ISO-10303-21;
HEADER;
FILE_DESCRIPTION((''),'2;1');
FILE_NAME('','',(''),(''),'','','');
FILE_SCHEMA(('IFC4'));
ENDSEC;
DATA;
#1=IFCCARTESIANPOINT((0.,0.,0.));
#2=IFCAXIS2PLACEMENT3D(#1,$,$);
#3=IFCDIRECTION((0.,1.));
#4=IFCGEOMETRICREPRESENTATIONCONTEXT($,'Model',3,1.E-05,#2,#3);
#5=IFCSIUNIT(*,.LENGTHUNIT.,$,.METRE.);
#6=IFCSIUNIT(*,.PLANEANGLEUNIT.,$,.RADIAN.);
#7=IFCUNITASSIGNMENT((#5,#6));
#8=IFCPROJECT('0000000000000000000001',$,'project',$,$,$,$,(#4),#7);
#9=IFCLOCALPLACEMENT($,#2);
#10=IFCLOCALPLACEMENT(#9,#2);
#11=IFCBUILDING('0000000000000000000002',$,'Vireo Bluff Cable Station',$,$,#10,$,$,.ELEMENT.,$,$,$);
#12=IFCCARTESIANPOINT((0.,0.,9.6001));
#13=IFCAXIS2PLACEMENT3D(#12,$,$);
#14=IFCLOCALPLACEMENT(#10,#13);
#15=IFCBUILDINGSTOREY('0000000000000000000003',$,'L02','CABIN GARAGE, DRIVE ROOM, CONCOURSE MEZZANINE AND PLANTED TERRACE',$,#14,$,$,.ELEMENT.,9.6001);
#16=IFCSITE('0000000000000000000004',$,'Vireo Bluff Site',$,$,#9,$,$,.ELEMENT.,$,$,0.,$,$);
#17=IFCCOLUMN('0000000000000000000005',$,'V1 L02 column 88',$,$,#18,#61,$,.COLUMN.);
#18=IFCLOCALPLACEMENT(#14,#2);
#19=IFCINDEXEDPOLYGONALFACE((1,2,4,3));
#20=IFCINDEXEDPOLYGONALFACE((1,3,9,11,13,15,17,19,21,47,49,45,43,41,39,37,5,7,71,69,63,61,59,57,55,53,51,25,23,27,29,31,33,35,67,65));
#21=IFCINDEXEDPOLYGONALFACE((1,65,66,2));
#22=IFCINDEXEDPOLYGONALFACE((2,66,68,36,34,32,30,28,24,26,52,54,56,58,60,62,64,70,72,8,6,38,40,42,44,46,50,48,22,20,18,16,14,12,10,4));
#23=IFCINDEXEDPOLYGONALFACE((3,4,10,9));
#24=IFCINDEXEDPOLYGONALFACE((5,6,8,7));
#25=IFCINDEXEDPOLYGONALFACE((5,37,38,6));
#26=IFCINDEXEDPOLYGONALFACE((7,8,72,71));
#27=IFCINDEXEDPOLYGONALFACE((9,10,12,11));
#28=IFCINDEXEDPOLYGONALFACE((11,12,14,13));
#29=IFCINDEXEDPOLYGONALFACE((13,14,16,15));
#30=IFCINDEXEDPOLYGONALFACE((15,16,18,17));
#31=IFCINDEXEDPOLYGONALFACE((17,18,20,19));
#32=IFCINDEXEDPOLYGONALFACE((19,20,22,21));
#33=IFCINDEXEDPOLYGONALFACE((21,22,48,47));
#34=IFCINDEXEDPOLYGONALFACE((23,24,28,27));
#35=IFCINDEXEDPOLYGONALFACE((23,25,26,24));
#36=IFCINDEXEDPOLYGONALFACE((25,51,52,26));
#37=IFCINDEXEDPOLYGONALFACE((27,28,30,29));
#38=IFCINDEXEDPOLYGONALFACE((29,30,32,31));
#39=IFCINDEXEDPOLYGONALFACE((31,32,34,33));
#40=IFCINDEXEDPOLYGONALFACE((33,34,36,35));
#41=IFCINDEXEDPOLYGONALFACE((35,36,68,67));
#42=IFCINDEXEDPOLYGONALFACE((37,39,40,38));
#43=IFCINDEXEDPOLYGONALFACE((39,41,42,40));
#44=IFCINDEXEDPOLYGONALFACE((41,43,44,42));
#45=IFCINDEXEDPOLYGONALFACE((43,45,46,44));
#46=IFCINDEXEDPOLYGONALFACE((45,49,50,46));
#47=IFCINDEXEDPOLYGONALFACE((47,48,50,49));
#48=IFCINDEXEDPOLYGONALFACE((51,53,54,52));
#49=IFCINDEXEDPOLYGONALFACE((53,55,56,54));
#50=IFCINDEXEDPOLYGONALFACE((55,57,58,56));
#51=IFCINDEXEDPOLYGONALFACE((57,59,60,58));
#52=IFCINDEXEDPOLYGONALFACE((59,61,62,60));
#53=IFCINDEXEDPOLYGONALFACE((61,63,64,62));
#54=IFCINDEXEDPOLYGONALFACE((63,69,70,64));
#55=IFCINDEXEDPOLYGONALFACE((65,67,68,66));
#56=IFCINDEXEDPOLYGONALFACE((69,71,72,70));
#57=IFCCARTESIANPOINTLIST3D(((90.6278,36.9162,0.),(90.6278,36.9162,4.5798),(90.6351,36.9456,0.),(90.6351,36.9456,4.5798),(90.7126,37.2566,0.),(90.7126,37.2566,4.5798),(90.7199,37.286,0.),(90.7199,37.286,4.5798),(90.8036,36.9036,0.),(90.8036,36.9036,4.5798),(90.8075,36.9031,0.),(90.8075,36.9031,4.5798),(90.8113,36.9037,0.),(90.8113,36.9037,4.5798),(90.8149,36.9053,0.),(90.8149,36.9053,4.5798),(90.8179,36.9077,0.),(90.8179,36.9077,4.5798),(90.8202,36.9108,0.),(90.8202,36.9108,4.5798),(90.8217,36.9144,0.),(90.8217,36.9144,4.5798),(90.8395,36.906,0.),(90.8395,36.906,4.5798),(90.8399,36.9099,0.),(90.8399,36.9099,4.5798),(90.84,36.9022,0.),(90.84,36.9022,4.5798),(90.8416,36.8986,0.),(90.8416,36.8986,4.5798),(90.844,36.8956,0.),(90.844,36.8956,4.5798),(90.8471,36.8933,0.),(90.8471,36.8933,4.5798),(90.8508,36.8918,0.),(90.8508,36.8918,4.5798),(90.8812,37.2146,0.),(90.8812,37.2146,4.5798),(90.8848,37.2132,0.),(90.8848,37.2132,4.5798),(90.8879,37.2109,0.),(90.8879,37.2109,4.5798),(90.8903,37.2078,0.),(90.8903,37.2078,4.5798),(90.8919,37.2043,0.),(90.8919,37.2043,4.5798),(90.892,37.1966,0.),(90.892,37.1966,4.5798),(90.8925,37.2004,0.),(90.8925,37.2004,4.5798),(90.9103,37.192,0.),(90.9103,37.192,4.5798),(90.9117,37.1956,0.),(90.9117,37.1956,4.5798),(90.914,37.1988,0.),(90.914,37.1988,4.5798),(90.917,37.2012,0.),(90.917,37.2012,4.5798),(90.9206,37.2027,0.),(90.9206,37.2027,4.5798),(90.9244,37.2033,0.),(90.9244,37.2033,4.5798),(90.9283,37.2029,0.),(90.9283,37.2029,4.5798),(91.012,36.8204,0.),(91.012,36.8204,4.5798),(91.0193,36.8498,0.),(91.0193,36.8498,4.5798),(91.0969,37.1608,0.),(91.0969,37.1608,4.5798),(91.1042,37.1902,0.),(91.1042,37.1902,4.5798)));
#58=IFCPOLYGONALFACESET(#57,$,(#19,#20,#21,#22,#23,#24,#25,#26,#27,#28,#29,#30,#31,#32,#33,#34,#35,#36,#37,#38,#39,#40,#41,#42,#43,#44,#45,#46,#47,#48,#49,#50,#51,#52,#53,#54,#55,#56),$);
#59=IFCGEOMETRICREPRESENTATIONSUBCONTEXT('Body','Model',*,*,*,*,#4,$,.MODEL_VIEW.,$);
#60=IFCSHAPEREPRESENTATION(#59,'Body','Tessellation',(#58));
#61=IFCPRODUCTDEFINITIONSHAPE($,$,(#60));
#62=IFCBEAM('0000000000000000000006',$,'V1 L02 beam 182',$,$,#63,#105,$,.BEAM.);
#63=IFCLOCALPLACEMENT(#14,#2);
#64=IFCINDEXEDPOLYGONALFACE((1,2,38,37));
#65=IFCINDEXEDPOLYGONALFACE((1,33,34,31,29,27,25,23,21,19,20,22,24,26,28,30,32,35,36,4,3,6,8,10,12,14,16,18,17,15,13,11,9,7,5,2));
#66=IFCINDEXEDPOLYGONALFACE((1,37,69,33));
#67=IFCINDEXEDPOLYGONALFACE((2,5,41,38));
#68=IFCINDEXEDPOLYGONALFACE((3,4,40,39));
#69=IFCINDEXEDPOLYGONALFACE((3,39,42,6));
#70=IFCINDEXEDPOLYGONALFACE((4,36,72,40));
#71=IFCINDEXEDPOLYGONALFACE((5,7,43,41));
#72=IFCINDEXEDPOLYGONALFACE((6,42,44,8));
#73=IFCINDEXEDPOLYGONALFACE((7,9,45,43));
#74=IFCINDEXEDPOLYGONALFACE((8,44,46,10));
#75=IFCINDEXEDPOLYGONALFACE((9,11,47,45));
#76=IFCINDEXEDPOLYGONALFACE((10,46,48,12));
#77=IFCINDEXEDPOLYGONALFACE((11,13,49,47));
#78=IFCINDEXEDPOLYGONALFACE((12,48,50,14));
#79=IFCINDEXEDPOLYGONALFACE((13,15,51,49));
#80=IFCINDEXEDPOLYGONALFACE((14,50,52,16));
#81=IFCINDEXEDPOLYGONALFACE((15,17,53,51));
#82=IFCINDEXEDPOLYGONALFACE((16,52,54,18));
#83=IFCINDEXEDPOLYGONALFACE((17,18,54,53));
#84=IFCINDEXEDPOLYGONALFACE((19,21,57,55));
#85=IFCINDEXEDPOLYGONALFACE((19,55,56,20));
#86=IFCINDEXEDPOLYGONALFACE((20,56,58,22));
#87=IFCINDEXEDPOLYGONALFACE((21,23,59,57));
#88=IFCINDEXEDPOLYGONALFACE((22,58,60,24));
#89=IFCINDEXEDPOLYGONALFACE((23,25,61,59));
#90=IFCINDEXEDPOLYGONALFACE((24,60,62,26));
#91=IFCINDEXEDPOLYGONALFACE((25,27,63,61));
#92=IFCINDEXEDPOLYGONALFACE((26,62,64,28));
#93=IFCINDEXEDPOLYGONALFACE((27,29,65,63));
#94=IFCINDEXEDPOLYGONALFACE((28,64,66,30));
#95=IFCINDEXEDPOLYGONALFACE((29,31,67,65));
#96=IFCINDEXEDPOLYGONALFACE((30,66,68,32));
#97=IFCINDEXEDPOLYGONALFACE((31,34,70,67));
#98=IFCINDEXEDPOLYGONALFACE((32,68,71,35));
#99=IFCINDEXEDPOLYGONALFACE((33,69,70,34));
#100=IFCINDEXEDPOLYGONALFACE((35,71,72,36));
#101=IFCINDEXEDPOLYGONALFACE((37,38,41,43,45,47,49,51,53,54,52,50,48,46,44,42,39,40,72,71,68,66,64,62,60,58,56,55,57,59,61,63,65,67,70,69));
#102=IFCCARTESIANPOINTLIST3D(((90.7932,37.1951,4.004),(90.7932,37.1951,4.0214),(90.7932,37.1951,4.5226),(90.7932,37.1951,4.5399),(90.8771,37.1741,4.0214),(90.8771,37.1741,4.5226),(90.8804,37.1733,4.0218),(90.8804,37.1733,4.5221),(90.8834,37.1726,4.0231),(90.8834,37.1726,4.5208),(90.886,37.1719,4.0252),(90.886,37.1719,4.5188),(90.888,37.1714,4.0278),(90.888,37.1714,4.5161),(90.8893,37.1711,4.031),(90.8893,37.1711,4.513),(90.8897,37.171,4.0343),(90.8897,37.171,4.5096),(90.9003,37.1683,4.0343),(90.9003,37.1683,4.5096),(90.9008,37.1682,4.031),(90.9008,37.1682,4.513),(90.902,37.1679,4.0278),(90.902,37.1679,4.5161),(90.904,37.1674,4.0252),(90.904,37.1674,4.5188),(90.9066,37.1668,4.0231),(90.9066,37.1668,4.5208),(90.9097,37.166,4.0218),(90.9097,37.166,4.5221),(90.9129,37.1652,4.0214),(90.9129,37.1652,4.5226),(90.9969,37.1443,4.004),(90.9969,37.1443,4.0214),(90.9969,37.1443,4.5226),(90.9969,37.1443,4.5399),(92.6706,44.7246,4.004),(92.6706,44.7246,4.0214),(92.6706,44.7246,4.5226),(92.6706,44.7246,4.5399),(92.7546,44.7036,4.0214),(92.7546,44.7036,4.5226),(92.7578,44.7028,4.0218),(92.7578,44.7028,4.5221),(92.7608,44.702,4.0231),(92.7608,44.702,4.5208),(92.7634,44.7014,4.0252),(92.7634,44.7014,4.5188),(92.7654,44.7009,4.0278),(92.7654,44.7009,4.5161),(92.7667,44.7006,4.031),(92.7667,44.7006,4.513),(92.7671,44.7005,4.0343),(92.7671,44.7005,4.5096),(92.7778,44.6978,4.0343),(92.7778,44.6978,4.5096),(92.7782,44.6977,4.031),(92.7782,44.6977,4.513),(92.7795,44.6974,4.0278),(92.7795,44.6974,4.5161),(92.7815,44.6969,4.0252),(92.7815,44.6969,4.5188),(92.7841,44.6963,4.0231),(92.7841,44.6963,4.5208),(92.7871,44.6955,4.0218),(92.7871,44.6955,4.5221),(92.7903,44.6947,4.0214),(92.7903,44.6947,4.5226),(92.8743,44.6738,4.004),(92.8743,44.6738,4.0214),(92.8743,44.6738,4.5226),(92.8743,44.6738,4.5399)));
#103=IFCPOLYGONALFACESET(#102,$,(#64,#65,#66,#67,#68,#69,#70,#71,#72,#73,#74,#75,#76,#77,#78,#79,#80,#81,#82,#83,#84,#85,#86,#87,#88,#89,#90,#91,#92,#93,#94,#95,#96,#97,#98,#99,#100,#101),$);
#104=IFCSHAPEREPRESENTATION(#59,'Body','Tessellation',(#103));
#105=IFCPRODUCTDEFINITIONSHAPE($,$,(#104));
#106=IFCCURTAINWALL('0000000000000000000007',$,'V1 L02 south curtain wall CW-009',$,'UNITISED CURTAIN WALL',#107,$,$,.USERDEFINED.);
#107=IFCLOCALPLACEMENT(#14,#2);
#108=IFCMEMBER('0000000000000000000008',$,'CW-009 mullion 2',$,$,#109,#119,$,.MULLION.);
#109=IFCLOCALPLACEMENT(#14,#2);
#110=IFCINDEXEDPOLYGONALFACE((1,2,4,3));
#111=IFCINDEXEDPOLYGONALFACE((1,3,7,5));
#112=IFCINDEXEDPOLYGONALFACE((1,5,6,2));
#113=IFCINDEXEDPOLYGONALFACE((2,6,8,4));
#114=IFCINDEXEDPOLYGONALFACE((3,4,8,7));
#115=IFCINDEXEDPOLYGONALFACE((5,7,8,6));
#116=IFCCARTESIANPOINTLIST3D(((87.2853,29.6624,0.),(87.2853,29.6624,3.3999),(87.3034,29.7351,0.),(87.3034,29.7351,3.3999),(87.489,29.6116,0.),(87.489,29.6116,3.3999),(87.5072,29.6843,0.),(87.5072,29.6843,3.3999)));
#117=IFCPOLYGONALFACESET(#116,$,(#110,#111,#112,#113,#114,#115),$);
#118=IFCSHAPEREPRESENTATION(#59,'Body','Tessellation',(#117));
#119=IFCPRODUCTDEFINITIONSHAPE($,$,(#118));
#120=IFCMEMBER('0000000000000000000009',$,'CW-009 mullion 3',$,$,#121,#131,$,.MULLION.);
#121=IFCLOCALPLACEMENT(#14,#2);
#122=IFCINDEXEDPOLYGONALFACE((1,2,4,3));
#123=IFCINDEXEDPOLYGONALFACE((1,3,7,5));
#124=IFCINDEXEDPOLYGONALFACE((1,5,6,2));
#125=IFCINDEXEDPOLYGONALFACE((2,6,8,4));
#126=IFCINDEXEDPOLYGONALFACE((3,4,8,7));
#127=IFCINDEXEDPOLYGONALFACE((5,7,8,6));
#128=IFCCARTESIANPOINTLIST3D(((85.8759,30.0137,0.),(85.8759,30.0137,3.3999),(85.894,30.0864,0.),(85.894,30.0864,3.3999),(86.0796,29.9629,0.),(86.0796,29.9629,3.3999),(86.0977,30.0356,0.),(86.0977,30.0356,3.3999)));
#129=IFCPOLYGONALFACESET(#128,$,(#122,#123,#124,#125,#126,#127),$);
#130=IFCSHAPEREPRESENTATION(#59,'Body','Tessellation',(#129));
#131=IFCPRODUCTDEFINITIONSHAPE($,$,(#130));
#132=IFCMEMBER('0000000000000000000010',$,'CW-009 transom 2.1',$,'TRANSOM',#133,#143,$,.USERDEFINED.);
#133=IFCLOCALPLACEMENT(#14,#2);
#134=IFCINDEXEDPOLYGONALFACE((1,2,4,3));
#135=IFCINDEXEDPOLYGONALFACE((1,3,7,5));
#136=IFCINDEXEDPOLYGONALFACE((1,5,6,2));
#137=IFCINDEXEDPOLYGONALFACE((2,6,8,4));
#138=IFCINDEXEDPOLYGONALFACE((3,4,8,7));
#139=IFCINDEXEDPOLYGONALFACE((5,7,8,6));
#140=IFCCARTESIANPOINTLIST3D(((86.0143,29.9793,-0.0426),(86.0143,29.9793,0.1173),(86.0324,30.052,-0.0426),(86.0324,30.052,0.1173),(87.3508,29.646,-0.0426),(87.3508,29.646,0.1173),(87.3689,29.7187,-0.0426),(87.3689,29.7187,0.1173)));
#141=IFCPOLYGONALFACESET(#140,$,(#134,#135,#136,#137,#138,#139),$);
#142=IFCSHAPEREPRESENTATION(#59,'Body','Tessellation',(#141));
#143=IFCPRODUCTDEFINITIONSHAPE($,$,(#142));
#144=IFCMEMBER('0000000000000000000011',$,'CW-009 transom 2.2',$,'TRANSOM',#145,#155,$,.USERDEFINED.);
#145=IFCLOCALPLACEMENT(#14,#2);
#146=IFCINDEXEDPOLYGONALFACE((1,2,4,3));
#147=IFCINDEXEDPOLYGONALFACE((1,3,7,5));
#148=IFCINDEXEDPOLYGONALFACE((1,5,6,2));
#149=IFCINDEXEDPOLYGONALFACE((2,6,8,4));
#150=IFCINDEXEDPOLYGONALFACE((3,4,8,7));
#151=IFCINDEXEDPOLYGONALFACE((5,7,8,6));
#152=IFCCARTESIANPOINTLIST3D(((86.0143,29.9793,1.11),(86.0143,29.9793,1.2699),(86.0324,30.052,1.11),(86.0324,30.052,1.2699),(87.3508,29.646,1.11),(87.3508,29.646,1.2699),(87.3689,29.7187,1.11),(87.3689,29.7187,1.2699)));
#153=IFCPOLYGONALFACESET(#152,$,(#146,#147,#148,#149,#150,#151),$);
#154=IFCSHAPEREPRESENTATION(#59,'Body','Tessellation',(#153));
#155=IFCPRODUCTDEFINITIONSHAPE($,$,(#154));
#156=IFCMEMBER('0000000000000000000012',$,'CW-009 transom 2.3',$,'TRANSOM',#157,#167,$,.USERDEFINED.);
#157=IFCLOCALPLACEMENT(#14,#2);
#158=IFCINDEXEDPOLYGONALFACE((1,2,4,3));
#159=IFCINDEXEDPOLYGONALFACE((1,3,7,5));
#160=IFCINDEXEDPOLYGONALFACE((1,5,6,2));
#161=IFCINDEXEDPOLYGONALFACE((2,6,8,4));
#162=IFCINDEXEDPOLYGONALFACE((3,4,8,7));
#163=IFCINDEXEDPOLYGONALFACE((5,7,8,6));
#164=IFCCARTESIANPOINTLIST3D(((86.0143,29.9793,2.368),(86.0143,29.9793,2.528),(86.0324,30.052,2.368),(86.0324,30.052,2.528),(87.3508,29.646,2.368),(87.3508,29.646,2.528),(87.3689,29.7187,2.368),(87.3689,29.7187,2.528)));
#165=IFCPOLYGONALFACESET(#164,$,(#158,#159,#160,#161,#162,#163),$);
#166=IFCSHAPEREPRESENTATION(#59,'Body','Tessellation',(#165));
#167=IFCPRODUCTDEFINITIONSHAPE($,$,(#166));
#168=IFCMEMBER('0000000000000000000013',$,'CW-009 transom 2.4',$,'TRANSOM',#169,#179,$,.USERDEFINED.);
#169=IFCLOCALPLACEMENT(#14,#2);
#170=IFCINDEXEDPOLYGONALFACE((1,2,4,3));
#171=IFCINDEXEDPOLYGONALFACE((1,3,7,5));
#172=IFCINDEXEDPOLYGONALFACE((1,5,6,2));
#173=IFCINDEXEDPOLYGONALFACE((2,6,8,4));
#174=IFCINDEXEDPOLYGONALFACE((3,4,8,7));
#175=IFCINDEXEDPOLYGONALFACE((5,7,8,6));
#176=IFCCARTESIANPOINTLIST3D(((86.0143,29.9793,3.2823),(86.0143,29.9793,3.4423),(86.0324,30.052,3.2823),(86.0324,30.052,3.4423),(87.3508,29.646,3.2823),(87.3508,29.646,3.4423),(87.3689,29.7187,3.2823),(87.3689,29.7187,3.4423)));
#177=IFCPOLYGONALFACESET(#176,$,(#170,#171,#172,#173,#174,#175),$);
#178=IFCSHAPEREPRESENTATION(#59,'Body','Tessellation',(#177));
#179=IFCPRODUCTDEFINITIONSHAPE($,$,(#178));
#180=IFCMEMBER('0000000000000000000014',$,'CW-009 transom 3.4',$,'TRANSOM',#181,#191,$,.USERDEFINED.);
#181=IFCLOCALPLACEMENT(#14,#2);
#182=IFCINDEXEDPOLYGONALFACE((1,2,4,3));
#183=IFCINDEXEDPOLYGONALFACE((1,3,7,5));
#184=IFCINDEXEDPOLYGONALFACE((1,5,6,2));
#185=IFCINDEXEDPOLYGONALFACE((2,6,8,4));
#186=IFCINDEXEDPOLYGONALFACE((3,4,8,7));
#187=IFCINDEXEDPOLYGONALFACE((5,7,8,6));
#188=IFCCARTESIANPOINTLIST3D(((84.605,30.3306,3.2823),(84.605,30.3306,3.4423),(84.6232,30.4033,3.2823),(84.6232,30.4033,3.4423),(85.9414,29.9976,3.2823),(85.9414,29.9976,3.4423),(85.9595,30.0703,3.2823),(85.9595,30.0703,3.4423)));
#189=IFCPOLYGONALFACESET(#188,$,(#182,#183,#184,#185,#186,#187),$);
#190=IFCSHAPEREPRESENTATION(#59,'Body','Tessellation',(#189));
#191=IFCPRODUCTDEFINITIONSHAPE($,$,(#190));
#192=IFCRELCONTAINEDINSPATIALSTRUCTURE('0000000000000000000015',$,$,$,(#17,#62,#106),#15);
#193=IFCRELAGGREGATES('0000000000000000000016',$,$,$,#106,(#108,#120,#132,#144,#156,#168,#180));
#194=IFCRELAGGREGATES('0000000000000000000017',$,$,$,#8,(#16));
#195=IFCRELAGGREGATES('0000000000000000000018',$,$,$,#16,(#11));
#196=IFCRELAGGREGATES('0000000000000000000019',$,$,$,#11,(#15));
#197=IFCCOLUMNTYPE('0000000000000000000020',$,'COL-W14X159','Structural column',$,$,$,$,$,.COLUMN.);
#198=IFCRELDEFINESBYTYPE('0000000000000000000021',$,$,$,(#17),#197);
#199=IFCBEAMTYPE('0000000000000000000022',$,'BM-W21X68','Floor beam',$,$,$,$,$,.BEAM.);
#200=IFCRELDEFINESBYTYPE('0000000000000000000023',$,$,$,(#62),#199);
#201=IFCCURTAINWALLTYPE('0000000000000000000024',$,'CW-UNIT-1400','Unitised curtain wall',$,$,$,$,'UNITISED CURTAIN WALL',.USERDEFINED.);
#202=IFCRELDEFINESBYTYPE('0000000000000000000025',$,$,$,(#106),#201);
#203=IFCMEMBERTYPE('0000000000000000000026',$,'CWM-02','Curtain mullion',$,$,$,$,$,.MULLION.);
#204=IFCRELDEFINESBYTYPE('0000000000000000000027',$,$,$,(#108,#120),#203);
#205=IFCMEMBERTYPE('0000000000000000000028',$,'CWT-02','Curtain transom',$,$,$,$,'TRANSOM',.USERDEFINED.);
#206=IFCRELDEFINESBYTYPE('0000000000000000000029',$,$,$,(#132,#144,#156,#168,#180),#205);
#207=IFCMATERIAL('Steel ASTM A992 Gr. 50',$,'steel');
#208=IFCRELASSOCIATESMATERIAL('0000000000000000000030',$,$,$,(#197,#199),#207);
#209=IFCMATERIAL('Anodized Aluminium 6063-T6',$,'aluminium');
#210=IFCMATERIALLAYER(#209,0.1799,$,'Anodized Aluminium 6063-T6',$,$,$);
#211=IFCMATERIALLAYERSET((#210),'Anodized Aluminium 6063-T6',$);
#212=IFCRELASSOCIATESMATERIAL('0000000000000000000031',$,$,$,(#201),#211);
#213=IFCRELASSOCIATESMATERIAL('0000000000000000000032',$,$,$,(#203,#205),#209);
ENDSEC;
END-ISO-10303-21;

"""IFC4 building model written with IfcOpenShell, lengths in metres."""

from ifc_helpers import new_model, si_unit, direction, frame, origin, origin_2d, place, context, subcontext, project, spatial, rectangle, i_section, extrude, material, layer, layer_set, material_profile, profile_set, type_object, element, aggregate, save


model = new_model("IFC4")

# Units and contexts
model_context = context("Model", 3, precision=1e-05, world=origin(), true_north=direction((0.0, 1.0)))
body_context = subcontext(model_context, "Body", "Model", "MODEL_VIEW")
ifc_project = project(units=[si_unit("LENGTHUNIT", "METRE"), si_unit("PLANEANGLEUNIT", "RADIAN")], contexts=[model_context])

# Site, building, storey
site_placement = place(None, origin())
site = spatial("IfcSite", under=ifc_project, at=site_placement, Name="Vireo Bluff Site", CompositionType="ELEMENT", RefElevation=0.0)
building_placement = place(site_placement, origin())
building = spatial("IfcBuilding", under=site, at=building_placement, Name="Vireo Bluff Cable Station", CompositionType="ELEMENT")
storey_placement = place(building_placement, frame((0.0, 0.0, 9.6001)))
storey = spatial("IfcBuildingStorey", under=building, at=storey_placement, Name="L02", Description="CABIN GARAGE, DRIVE ROOM, CONCOURSE MEZZANINE AND PLANTED TERRACE", CompositionType="ELEMENT", Elevation=9.6001)

# Column
ifc_material_1 = material(Name="Steel ASTM A992 Gr. 50", Category="steel")
ifc_material_profile_1 = material_profile(ifc_material_1, i_section(OverallWidth=0.396, OverallDepth=0.3811, WebThickness=0.0188, FlangeThickness=0.0303, FilletRadius=0.0149, at=origin_2d()), Name="W14X159")
ifc_profile_set_1 = profile_set([ifc_material_profile_1], Name="Steel ASTM A992 Gr. 50")
column_type = type_object("IfcColumnType", Name="COL-W14X159", Description="Structural column", PredefinedType="COLUMN", material=ifc_profile_set_1)
column_placement = place(storey_placement, frame((90.866, 37.0532, 0.0), z_axis=(0.0, 0.0, 1.0), x_axis=(0.970296, -0.241922, 0.0)))
element("IfcColumn", 1, at=column_placement, inside=storey, type_object=column_type, Name="V1 L02 column 88", PredefinedType="COLUMN", context=body_context, shape_type="SweptSolid", body=[
    extrude(i_section(OverallWidth=0.396, OverallDepth=0.3811, WebThickness=0.0188, FlangeThickness=0.0303, FilletRadius=0.0149, at=origin_2d()), origin(), (0.0, 0.0, 1.0), 4.5798),
])

# Beam
ifc_material_profile_2 = material_profile(ifc_material_1, i_section(OverallWidth=0.21, OverallDepth=0.5359, WebThickness=0.011, FlangeThickness=0.0173, FilletRadius=0.0129, at=origin_2d()), Name="W21X68")
ifc_profile_set_2 = profile_set([ifc_material_profile_2], Name="Steel ASTM A992 Gr. 50")
beam_type_1 = type_object("IfcBeamType", Name="BM-W21X68", Description="Floor beam", PredefinedType="BEAM", material=ifc_profile_set_2)
beam_1_placement = place(storey_placement, frame((90.895, 37.1697, 4.272), z_axis=(0.241936, 0.970292, 0.0), x_axis=(-0.970292, 0.241936, 0.0)))
element("IfcBeam", 2, at=beam_1_placement, inside=storey, type_object=beam_type_1, Name="V1 L02 beam 182", PredefinedType="BEAM", context=body_context, shape_type="SweptSolid", body=[
    extrude(i_section(OverallWidth=0.21, OverallDepth=0.5359, WebThickness=0.011, FlangeThickness=0.0173, FilletRadius=0.0129, at=origin_2d()), origin(), (0.0, 0.0, 1.0), 7.76),
])

# Curtain wall, members
ifc_material_2 = material(Name="Anodized Aluminium 6063-T6", Category="aluminium")
ifc_layer_1 = layer(ifc_material_2, 0.1799, Name="Anodized Aluminium 6063-T6")
ifc_layer_set_1 = layer_set([ifc_layer_1], Name="Anodized Aluminium 6063-T6")
curtain_wall_type = type_object("IfcCurtainWallType", Name="CW-UNIT-1400", Description="Unitised curtain wall", ElementType="UNITISED CURTAIN WALL", PredefinedType="USERDEFINED", material=ifc_layer_set_1)
curtain_wall_placement = place(storey_placement, origin())
curtain_wall = element("IfcCurtainWall", 3, at=curtain_wall_placement, inside=storey, type_object=curtain_wall_type, Name="V1 L02 south curtain wall CW-009", ObjectType="UNITISED CURTAIN WALL", PredefinedType="USERDEFINED")
ifc_material_profile_3 = material_profile(ifc_material_2, rectangle(XDim=0.075, YDim=0.21, at=origin_2d()), Name="ALU-M-75X210")
ifc_profile_set_3 = profile_set([ifc_material_profile_3], Name="Anodized Aluminium 6063-T6")
member_type_1 = type_object("IfcMemberType", Name="CWM-02", Description="Curtain mullion", PredefinedType="MULLION", material=ifc_profile_set_3)
member_1_placement = place(storey_placement, frame((87.3962, 29.6733, 0.0), z_axis=(0.0, 0.0, 1.0), x_axis=(-0.241922, -0.970296, 0.0)))
member_1 = element("IfcMember", 4, at=member_1_placement, type_object=member_type_1, Name="CW-009 mullion 2", PredefinedType="MULLION", context=body_context, shape_type="SweptSolid", body=[
    extrude(rectangle(XDim=0.075, YDim=0.21, at=origin_2d()), origin(), (0.0, 0.0, 1.0), 3.3999),
])
member_2_placement = place(storey_placement, frame((85.9868, 30.0247, 0.0), z_axis=(0.0, 0.0, 1.0), x_axis=(-0.241922, -0.970296, 0.0)))
member_2 = element("IfcMember", 5, at=member_2_placement, type_object=member_type_1, Name="CW-009 mullion 3", PredefinedType="MULLION", context=body_context, shape_type="SweptSolid", body=[
    extrude(rectangle(XDim=0.075, YDim=0.21, at=origin_2d()), origin(), (0.0, 0.0, 1.0), 3.3999),
])
ifc_material_profile_4 = material_profile(ifc_material_2, rectangle(XDim=0.075, YDim=0.1599, at=origin_2d()), Name="ALU-T-75X160")
ifc_profile_set_4 = profile_set([ifc_material_profile_4], Name="Anodized Aluminium 6063-T6")
member_type_2 = type_object("IfcMemberType", Name="CWT-02", Description="Curtain transom", ElementType="TRANSOM", PredefinedType="USERDEFINED", material=ifc_profile_set_4)
member_3_placement = place(storey_placement, frame((87.3599, 29.6824, 0.0374), z_axis=(-0.970288, 0.241952, 0.0), x_axis=(-0.241952, -0.970288, 0.0)))
member_3 = element("IfcMember", 6, at=member_3_placement, type_object=member_type_2, Name="CW-009 transom 2.1", ObjectType="TRANSOM", PredefinedType="USERDEFINED", context=body_context, shape_type="SweptSolid", body=[
    extrude(rectangle(XDim=0.075, YDim=0.1599, at=origin_2d()), origin(), (0.0, 0.0, 1.0), 1.3774),
])
member_4_placement = place(storey_placement, frame((87.3599, 29.6824, 1.1899), z_axis=(-0.970288, 0.241952, 0.0), x_axis=(-0.241952, -0.970288, 0.0)))
member_4 = element("IfcMember", 7, at=member_4_placement, type_object=member_type_2, Name="CW-009 transom 2.2", ObjectType="TRANSOM", PredefinedType="USERDEFINED", context=body_context, shape_type="SweptSolid", body=[
    extrude(rectangle(XDim=0.075, YDim=0.1599, at=origin_2d()), origin(), (0.0, 0.0, 1.0), 1.3774),
])
member_5_placement = place(storey_placement, frame((87.3599, 29.6824, 2.448), z_axis=(-0.970288, 0.241952, 0.0), x_axis=(-0.241952, -0.970288, 0.0)))
member_5 = element("IfcMember", 8, at=member_5_placement, type_object=member_type_2, Name="CW-009 transom 2.3", ObjectType="TRANSOM", PredefinedType="USERDEFINED", context=body_context, shape_type="SweptSolid", body=[
    extrude(rectangle(XDim=0.075, YDim=0.1599, at=origin_2d()), origin(), (0.0, 0.0, 1.0), 1.3774),
])
member_6_placement = place(storey_placement, frame((87.3599, 29.6824, 3.3623), z_axis=(-0.970288, 0.241952, 0.0), x_axis=(-0.241952, -0.970288, 0.0)))
member_6 = element("IfcMember", 9, at=member_6_placement, type_object=member_type_2, Name="CW-009 transom 2.4", ObjectType="TRANSOM", PredefinedType="USERDEFINED", context=body_context, shape_type="SweptSolid", body=[
    extrude(rectangle(XDim=0.075, YDim=0.1599, at=origin_2d()), origin(), (0.0, 0.0, 1.0), 1.3774),
])
member_7_placement = place(storey_placement, frame((85.9504, 30.0339, 3.3623), z_axis=(-0.97033, 0.241785, 0.0), x_axis=(-0.241785, -0.97033, 0.0)))
member_7 = element("IfcMember", 10, at=member_7_placement, type_object=member_type_2, Name="CW-009 transom 3.4", ObjectType="TRANSOM", PredefinedType="USERDEFINED", context=body_context, shape_type="SweptSolid", body=[
    extrude(rectangle(XDim=0.075, YDim=0.1599, at=origin_2d()), origin(), (0.0, 0.0, 1.0), 1.3772),
])

aggregate(curtain_wall, [member_1, member_2, member_3, member_4, member_5, member_6, member_7])

save(model, "model.ifc")
